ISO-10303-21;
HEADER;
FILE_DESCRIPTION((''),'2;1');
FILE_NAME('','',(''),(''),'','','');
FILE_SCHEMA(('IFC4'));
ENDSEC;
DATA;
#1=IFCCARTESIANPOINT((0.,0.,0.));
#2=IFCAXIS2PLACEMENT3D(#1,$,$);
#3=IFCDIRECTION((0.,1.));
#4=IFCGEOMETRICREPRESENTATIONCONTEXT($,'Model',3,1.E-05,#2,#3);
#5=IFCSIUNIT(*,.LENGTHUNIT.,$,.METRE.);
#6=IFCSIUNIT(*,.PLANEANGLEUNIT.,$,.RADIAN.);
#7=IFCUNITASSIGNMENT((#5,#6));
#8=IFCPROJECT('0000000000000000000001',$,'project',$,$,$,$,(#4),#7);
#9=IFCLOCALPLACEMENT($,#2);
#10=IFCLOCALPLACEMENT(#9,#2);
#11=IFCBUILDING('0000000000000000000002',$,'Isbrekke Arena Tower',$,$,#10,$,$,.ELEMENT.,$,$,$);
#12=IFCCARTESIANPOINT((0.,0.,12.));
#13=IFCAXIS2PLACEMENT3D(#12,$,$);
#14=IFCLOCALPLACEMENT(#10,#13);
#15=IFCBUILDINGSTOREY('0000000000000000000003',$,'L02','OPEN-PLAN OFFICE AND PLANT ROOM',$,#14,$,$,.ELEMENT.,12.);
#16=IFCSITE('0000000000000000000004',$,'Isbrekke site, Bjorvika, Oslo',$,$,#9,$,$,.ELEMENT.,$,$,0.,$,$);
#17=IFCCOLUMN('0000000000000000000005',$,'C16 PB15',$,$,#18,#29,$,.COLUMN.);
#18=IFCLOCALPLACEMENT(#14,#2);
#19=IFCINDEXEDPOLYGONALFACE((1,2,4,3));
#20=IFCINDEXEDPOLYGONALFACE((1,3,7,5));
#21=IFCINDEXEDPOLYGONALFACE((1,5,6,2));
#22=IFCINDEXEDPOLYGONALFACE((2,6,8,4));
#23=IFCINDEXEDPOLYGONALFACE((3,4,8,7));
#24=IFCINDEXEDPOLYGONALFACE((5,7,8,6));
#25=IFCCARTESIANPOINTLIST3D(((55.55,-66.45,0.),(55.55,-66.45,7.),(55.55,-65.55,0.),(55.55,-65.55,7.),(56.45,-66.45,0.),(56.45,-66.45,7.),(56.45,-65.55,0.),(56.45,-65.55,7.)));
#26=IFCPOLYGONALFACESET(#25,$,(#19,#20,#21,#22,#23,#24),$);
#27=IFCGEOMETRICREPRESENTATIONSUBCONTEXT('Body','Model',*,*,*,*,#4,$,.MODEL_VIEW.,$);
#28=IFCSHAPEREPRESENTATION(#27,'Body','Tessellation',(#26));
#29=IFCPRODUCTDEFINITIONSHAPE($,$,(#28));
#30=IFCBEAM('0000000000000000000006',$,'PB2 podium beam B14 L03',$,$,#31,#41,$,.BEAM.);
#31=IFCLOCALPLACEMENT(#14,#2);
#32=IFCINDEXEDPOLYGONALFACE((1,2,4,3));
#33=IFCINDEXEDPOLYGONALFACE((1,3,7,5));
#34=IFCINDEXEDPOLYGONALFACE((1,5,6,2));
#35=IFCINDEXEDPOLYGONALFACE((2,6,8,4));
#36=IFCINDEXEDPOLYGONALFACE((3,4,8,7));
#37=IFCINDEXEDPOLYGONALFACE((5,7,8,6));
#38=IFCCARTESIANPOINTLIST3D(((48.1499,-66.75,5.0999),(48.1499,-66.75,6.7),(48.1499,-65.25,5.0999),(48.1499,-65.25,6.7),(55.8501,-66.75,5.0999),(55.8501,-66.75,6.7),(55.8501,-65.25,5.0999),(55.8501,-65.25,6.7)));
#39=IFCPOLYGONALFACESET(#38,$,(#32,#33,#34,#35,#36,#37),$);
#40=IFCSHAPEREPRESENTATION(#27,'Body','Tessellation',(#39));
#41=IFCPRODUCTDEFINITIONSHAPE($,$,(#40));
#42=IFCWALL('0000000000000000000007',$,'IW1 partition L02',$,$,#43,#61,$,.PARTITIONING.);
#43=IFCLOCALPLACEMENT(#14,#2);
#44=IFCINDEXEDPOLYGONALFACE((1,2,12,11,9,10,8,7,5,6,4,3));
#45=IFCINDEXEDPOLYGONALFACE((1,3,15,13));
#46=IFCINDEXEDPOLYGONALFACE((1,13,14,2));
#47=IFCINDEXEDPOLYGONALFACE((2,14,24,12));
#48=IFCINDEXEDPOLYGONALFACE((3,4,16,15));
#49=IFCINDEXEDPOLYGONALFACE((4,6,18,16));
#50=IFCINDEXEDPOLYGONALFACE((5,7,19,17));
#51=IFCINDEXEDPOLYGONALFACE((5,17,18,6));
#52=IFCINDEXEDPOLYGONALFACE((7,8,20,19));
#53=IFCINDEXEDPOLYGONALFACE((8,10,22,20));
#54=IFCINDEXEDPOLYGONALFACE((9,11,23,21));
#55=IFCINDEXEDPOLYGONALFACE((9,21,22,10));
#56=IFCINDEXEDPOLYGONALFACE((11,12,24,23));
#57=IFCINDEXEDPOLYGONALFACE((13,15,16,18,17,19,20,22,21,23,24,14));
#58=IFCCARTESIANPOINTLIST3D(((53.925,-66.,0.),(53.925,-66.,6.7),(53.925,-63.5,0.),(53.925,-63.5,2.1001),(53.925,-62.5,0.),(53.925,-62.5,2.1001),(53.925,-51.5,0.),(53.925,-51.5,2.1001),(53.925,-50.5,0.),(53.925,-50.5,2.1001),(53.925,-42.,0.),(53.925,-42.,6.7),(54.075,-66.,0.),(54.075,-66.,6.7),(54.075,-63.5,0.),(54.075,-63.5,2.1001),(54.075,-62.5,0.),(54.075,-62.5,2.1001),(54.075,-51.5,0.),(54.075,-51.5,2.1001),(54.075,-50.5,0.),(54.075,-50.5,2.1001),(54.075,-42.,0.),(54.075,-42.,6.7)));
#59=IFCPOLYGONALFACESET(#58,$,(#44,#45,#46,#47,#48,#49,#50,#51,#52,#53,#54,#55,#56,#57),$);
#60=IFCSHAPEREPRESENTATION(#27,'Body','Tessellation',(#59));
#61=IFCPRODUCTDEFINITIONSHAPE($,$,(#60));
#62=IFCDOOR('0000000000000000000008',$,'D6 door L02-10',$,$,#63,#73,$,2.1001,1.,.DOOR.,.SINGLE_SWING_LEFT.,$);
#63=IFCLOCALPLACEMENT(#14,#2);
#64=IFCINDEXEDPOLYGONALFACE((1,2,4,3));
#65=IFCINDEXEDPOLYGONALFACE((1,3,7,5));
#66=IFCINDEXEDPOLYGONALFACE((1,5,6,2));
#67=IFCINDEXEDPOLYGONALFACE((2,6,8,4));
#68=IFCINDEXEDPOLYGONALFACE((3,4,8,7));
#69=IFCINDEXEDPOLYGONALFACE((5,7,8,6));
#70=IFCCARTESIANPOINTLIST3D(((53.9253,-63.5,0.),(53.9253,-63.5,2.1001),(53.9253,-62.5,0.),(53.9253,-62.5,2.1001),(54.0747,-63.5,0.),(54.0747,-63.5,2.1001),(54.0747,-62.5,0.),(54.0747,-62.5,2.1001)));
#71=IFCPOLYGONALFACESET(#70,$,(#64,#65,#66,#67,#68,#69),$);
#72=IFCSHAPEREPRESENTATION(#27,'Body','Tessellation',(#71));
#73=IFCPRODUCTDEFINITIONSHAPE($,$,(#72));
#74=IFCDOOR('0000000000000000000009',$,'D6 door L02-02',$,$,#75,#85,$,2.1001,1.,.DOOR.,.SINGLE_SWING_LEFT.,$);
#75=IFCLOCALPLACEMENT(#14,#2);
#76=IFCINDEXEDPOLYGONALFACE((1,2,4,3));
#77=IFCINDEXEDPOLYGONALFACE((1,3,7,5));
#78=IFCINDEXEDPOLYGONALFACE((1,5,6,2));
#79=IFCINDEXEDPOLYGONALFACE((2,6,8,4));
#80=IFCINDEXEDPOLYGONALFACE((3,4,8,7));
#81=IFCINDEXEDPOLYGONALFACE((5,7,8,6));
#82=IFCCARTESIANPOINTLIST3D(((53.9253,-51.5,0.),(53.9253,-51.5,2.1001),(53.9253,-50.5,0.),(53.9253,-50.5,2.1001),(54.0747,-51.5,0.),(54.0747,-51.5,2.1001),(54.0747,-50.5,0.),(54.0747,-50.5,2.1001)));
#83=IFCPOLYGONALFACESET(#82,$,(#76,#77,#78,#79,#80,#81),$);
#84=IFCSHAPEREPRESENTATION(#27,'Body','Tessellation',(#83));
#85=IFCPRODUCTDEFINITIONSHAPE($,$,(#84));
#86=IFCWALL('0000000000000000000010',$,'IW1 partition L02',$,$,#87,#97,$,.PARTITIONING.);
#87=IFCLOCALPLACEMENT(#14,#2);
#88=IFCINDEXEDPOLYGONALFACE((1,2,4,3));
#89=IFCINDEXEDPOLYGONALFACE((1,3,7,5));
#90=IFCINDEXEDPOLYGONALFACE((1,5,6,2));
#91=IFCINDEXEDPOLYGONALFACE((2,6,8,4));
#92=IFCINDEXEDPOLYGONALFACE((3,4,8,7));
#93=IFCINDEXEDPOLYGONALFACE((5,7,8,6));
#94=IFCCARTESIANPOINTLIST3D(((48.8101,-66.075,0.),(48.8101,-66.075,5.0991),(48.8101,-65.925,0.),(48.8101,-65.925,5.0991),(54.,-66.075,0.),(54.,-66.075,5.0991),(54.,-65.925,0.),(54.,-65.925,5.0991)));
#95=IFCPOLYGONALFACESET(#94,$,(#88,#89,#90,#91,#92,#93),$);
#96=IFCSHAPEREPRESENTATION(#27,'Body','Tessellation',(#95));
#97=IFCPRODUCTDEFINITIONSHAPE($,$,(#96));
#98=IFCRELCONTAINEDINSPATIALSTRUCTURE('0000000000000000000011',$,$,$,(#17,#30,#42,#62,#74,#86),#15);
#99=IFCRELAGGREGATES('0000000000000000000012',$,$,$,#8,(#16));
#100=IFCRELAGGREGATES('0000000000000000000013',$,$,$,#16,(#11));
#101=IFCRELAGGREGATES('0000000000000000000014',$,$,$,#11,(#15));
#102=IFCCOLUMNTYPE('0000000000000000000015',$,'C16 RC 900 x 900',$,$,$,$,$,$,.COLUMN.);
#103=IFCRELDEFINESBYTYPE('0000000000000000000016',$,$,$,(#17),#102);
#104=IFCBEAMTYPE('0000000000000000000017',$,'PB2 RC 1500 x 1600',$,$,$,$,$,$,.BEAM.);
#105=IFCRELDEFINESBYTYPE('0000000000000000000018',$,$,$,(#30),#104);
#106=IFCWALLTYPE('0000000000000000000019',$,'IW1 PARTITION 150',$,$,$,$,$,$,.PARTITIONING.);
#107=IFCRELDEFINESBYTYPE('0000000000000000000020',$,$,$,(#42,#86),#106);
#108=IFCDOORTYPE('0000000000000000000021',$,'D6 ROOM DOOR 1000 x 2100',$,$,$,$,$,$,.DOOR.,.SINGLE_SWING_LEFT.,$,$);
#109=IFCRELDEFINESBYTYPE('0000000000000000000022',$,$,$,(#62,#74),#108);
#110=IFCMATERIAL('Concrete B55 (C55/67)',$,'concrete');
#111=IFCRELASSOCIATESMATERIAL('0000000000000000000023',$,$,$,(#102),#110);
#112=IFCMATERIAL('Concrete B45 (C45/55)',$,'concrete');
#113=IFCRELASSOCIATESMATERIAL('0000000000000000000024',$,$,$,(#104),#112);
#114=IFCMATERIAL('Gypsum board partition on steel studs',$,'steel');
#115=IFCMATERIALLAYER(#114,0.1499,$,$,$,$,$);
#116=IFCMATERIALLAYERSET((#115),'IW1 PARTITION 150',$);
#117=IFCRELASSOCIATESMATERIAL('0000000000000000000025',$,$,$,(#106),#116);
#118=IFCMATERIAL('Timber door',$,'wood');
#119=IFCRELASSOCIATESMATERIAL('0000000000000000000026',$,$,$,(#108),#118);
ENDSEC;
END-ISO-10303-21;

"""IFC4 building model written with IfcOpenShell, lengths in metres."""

from ifc_helpers import new_model, si_unit, direction, frame, frame_2d, origin, origin_2d, place, context, subcontext, project, spatial, rectangle, extrude, material, layer, layer_set, material_profile, profile_set, type_object, element, fill, save


model = new_model("IFC4")

# Units and contexts
model_context = context("Model", 3, precision=1e-05, world=origin(), true_north=direction((0.0, 1.0)))
body_context = subcontext(model_context, "Body", "Model", "MODEL_VIEW")
ifc_project = project(units=[si_unit("LENGTHUNIT", "METRE"), si_unit("PLANEANGLEUNIT", "RADIAN")], contexts=[model_context])

# Site, building, storey
site_placement = place(None, origin())
site = spatial("IfcSite", under=ifc_project, at=site_placement, Name="Isbrekke site, Bjorvika, Oslo", CompositionType="ELEMENT", RefElevation=0.0)
building_placement = place(site_placement, origin())
building = spatial("IfcBuilding", under=site, at=building_placement, Name="Isbrekke Arena Tower", CompositionType="ELEMENT")
storey_placement = place(building_placement, frame((0.0, 0.0, 12.0)))
storey = spatial("IfcBuildingStorey", under=building, at=storey_placement, Name="L02", Description="OPEN-PLAN OFFICE AND PLANT ROOM", CompositionType="ELEMENT", Elevation=12.0)

# Column
ifc_material_1 = material(Name="Concrete B55 (C55/67)", Category="concrete")
ifc_material_profile_1 = material_profile(ifc_material_1, rectangle(XDim=0.8999, YDim=0.8999, at=origin_2d()), Name="RC 900x900")
ifc_profile_set_1 = profile_set([ifc_material_profile_1], Name="Concrete B55 (C55/67)")
column_type = type_object("IfcColumnType", Name="C16 RC 900 x 900", PredefinedType="COLUMN", material=ifc_profile_set_1)
column_placement = place(storey_placement, frame((56.0, -66.0, 0.0), z_axis=(0.0, 0.0, 1.0), x_axis=(1.0, 0.0, 0.0)))
element("IfcColumn", 1, at=column_placement, inside=storey, type_object=column_type, Name="C16 PB15", PredefinedType="COLUMN", context=body_context, shape_type="SweptSolid", body=[
    extrude(rectangle(XDim=0.8999, YDim=0.8999, at=origin_2d()), origin(), (0.0, 0.0, 1.0), 7.0),
])

# Beam
ifc_material_2 = material(Name="Concrete B45 (C45/55)", Category="concrete")
ifc_material_profile_2 = material_profile(ifc_material_2, rectangle(XDim=1.5, YDim=1.6001, at=origin_2d()), Name="RC 1500x1600")
ifc_profile_set_2 = profile_set([ifc_material_profile_2], Name="Concrete B45 (C45/55)")
beam_type = type_object("IfcBeamType", Name="PB2 RC 1500 x 1600", PredefinedType="BEAM", material=ifc_profile_set_2)
beam_placement = place(storey_placement, frame((48.1499, -66.0, 5.8999), z_axis=(1.0, 0.0, 0.0), x_axis=(0.0, 1.0, 0.0)))
element("IfcBeam", 2, at=beam_placement, inside=storey, type_object=beam_type, Name="PB2 podium beam B14 L03", PredefinedType="BEAM", context=body_context, shape_type="SweptSolid", body=[
    extrude(rectangle(XDim=1.5, YDim=1.6001, at=origin_2d()), origin(), (0.0, 0.0, 1.0), 7.7002),
])

# Wall, openings, doors
ifc_material_3 = material(Name="Gypsum board partition on steel studs", Category="steel")
ifc_layer = layer(ifc_material_3, 0.1499)
ifc_layer_set = layer_set([ifc_layer], Name="IW1 PARTITION 150")
wall_type = type_object("IfcWallType", Name="IW1 PARTITION 150", PredefinedType="PARTITIONING", material=ifc_layer_set)
wall_1_placement = place(storey_placement, frame((54.0, -66.0, 0.0), z_axis=(0.0, 0.0, 1.0), x_axis=(0.0, 1.0, 0.0)))
wall_1 = element("IfcWall", 3, at=wall_1_placement, inside=storey, type_object=wall_type, Name="IW1 partition L02", PredefinedType="PARTITIONING", context=body_context, shape_type="SweptSolid", body=[
    extrude(rectangle(XDim=24.0, YDim=0.1499, at=frame_2d((12.0, 0.0))), origin(), (0.0, 0.0, 1.0), 6.7),
])
opening_1_placement = place(wall_1_placement, frame((2.5, 0.0, 0.0)))
opening_1 = element("IfcOpeningElement", 4, at=opening_1_placement, cuts=wall_1, PredefinedType="OPENING", context=body_context, shape_type="SweptSolid", body=[
    extrude(rectangle(XDim=1.0, YDim=2.1001, at=frame_2d((0.5, 1.05))), frame((0.0, 0.0898, 0.0), z_axis=(0.0, -1.0, 0.0), x_axis=(1.0, 0.0, 0.0)), (0.0, 0.0, 1.0), 0.1797),
])
opening_2_placement = place(wall_1_placement, frame((14.5, 0.0, 0.0)))
opening_2 = element("IfcOpeningElement", 5, at=opening_2_placement, cuts=wall_1, PredefinedType="OPENING", context=body_context, shape_type="SweptSolid", body=[
    extrude(rectangle(XDim=1.0, YDim=2.1001, at=frame_2d((0.5, 1.05))), frame((0.0, 0.0898, 0.0), z_axis=(0.0, -1.0, 0.0), x_axis=(1.0, 0.0, 0.0)), (0.0, 0.0, 1.0), 0.1797),
])
ifc_material_4 = material(Name="Timber door", Category="wood")
door_type = type_object("IfcDoorType", Name="D6 ROOM DOOR 1000 x 2100", OperationType="SINGLE_SWING_LEFT", PredefinedType="DOOR", material=ifc_material_4)
door_1_placement = place(opening_1_placement, origin())
door_1 = element("IfcDoor", 6, at=door_1_placement, inside=storey, type_object=door_type, Name="D6 door L02-10", OperationType="SINGLE_SWING_LEFT", OverallHeight=2.1001, OverallWidth=1.0, PredefinedType="DOOR", context=body_context, shape_type="SweptSolid", body=[
    extrude(rectangle(XDim=1.0, YDim=2.1001, at=frame_2d((0.5, 1.05))), frame((0.0, 0.0747, 0.0), z_axis=(0.0, -1.0, 0.0), x_axis=(1.0, 0.0, 0.0)), (0.0, 0.0, 1.0), 0.1494),
])
fill(opening_1, door_1)
door_2_placement = place(opening_2_placement, origin())
door_2 = element("IfcDoor", 7, at=door_2_placement, inside=storey, type_object=door_type, Name="D6 door L02-02", OperationType="SINGLE_SWING_LEFT", OverallHeight=2.1001, OverallWidth=1.0, PredefinedType="DOOR", context=body_context, shape_type="SweptSolid", body=[
    extrude(rectangle(XDim=1.0, YDim=2.1001, at=frame_2d((0.5, 1.05))), frame((0.0, 0.0747, 0.0), z_axis=(0.0, -1.0, 0.0), x_axis=(1.0, 0.0, 0.0)), (0.0, 0.0, 1.0), 0.1494),
])
fill(opening_2, door_2)

# Wall
wall_2_placement = place(storey_placement, frame((48.8101, -66.0, 0.0), z_axis=(0.0, 0.0, 1.0), x_axis=(1.0, 0.0, 0.0)))
element("IfcWall", 8, at=wall_2_placement, inside=storey, type_object=wall_type, Name="IW1 partition L02", PredefinedType="PARTITIONING", context=body_context, shape_type="SweptSolid", body=[
    extrude(rectangle(XDim=5.1899, YDim=0.1499, at=frame_2d((2.595, 0.0))), origin(), (0.0, 0.0, 1.0), 5.0991),
])

save(model, "model.ifc")
